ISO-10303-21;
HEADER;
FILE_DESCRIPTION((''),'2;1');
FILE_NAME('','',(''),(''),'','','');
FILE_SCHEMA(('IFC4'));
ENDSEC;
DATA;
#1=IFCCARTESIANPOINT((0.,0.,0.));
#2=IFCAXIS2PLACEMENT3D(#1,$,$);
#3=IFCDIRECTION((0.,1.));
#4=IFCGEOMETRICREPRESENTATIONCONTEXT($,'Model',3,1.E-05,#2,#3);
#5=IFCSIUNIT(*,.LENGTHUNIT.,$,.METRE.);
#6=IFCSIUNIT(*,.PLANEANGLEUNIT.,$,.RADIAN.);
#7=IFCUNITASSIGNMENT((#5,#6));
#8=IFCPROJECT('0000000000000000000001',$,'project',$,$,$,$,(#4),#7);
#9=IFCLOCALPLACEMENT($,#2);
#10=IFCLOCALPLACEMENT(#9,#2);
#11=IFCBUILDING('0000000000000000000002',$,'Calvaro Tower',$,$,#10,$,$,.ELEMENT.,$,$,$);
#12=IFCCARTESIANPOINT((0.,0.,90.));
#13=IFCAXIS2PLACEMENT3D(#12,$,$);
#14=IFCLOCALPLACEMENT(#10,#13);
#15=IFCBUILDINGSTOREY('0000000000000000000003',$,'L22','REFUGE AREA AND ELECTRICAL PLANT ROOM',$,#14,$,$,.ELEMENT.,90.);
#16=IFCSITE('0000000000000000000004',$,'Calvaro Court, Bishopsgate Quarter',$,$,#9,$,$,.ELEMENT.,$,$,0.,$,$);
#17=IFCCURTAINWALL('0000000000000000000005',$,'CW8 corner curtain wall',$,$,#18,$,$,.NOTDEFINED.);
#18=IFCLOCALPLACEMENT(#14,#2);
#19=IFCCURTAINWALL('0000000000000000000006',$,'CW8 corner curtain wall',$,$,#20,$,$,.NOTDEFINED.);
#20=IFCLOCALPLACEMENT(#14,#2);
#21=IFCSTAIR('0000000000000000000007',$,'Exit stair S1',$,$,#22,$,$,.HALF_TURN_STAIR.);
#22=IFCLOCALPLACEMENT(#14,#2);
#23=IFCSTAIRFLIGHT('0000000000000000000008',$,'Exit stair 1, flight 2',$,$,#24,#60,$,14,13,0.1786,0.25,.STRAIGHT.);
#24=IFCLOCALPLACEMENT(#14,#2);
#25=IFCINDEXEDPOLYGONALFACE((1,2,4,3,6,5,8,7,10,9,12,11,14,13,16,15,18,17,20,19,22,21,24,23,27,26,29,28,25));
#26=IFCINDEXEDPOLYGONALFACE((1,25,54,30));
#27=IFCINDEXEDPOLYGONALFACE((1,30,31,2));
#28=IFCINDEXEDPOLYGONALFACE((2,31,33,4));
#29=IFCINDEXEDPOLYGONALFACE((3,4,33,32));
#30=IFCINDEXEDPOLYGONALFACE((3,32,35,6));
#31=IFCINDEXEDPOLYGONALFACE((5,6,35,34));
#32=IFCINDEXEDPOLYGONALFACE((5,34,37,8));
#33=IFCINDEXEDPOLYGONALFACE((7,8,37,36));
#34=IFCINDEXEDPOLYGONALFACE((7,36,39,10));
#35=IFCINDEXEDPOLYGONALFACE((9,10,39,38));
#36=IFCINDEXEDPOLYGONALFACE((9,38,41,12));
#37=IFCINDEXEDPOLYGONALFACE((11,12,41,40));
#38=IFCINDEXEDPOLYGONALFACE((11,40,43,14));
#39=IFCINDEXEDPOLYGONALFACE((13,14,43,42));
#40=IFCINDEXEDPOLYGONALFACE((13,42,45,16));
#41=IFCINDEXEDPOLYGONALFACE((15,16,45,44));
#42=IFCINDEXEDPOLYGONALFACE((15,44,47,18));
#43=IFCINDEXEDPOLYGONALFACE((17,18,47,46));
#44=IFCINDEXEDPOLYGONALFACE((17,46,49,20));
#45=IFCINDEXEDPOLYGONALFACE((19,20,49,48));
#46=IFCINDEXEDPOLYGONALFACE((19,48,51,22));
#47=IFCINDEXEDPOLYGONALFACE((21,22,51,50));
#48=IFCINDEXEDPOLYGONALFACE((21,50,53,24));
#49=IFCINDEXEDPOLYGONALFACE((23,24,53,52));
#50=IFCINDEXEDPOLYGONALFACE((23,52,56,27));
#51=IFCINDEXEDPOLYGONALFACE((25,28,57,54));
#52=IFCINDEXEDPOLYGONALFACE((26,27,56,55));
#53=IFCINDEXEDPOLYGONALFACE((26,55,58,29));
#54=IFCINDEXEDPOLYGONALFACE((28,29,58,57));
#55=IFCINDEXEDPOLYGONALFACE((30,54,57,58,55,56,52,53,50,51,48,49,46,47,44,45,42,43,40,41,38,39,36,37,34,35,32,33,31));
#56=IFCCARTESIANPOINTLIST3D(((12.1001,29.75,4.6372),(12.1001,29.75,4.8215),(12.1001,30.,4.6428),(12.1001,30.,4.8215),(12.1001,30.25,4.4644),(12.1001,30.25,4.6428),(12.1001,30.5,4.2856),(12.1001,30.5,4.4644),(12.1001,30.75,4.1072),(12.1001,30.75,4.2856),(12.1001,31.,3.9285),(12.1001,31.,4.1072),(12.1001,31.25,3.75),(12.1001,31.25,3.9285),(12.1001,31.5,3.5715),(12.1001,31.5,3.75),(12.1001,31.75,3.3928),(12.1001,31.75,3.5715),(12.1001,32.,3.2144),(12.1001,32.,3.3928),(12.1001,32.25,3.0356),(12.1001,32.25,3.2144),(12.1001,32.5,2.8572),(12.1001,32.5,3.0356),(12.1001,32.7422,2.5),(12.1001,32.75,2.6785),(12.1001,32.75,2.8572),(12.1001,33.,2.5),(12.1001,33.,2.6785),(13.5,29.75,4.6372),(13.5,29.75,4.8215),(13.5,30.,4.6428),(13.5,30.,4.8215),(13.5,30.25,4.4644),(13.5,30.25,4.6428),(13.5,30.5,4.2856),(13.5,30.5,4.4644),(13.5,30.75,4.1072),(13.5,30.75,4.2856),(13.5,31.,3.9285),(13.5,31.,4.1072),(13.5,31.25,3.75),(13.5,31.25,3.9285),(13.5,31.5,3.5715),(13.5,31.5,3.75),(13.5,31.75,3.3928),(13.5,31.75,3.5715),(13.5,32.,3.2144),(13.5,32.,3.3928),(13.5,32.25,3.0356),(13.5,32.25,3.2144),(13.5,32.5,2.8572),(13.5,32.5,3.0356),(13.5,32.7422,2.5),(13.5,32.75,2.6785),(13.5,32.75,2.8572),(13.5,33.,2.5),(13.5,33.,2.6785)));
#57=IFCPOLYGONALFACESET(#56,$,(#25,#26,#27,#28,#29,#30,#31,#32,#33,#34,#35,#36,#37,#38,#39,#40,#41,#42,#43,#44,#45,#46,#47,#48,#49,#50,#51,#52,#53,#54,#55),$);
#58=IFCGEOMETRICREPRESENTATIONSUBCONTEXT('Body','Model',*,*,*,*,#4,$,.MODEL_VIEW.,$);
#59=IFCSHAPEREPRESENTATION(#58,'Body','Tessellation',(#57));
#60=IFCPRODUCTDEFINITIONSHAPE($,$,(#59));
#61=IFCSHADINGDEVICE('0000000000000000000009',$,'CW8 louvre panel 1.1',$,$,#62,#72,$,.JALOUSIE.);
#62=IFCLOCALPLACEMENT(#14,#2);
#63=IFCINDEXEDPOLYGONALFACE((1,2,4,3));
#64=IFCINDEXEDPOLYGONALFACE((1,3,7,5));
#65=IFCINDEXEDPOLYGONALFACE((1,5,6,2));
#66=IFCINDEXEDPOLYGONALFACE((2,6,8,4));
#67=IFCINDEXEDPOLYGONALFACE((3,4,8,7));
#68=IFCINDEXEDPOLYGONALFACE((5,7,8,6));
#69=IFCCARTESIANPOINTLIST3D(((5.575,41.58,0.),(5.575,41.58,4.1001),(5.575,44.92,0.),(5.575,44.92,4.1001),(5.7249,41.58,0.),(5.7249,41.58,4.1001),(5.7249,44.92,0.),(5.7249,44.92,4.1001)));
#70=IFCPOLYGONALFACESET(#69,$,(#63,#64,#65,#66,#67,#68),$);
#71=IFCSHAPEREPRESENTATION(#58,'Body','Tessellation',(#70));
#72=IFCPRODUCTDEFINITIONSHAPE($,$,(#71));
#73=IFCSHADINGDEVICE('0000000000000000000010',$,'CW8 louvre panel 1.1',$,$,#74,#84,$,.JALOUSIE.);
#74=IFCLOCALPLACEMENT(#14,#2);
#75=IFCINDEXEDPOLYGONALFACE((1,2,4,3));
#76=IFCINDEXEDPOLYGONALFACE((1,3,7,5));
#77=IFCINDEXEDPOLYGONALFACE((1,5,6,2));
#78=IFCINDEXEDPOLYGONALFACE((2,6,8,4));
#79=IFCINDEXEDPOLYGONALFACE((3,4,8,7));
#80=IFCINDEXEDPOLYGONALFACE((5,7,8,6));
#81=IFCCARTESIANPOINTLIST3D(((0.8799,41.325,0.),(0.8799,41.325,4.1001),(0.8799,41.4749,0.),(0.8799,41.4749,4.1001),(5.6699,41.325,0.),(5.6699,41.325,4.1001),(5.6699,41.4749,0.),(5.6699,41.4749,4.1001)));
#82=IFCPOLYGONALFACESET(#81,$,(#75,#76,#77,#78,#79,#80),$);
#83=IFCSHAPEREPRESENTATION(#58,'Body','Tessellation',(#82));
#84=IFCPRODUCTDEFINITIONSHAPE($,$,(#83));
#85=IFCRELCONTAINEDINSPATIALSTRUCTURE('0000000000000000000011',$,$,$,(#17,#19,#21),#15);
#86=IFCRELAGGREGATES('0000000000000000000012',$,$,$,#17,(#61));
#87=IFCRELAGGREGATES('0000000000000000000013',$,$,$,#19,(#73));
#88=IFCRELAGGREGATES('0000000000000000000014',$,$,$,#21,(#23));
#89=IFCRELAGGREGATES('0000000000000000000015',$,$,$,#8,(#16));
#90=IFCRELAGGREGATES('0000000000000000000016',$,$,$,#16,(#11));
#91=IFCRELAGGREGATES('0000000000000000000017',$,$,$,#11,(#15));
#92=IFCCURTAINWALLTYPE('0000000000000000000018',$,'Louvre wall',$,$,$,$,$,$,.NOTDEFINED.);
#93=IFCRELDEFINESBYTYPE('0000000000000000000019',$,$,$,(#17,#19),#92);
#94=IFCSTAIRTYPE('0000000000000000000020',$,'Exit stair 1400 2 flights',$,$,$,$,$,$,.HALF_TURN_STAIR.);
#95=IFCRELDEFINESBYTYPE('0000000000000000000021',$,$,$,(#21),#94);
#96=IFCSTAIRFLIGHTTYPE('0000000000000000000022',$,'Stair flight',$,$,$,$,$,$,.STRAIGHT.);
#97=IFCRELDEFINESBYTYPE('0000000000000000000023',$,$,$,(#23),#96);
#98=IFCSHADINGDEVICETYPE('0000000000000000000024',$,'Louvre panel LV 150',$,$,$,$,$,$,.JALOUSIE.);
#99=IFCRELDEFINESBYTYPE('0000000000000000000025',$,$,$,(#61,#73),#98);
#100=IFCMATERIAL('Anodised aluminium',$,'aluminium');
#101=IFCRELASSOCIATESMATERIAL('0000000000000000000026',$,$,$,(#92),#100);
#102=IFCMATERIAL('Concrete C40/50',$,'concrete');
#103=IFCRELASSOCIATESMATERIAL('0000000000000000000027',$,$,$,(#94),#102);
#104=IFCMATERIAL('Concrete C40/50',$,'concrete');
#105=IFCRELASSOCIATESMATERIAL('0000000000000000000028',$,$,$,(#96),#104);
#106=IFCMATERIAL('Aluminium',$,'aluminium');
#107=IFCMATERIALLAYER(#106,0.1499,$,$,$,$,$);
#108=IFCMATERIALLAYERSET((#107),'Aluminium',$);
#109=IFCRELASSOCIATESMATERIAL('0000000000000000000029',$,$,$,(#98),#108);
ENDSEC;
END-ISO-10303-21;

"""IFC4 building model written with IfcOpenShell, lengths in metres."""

from ifc_helpers import new_model, si_unit, direction, frame, origin, origin_2d, place, context, subcontext, project, spatial, polyline, rectangle, outline, extrude, material, layer, layer_set, type_object, element, aggregate, save


model = new_model("IFC4")

# Units and contexts
model_context = context("Model", 3, precision=1e-05, world=origin(), true_north=direction((0.0, 1.0)))
body_context = subcontext(model_context, "Body", "Model", "MODEL_VIEW")
ifc_project = project(units=[si_unit("LENGTHUNIT", "METRE"), si_unit("PLANEANGLEUNIT", "RADIAN")], contexts=[model_context])

# Site, building, storey
site_placement = place(None, origin())
site = spatial("IfcSite", under=ifc_project, at=site_placement, Name="Calvaro Court, Bishopsgate Quarter", CompositionType="ELEMENT", RefElevation=0.0)
building_placement = place(site_placement, origin())
building = spatial("IfcBuilding", under=site, at=building_placement, Name="Calvaro Tower", CompositionType="ELEMENT")
storey_placement = place(building_placement, frame((0.0, 0.0, 90.0)))
storey = spatial("IfcBuildingStorey", under=building, at=storey_placement, Name="L22", Description="REFUGE AREA AND ELECTRICAL PLANT ROOM", CompositionType="ELEMENT", Elevation=90.0)

# Curtain walls
ifc_material_1 = material(Name="Anodised aluminium", Category="aluminium")
curtain_wall_type = type_object("IfcCurtainWallType", Name="Louvre wall", PredefinedType="NOTDEFINED", material=ifc_material_1)
curtain_wall_1_placement = place(storey_placement, origin())
curtain_wall_1 = element("IfcCurtainWall", 1, at=curtain_wall_1_placement, inside=storey, type_object=curtain_wall_type, Name="CW8 corner curtain wall", PredefinedType="NOTDEFINED")
curtain_wall_2_placement = place(storey_placement, origin())
curtain_wall_2 = element("IfcCurtainWall", 2, at=curtain_wall_2_placement, inside=storey, type_object=curtain_wall_type, Name="CW8 corner curtain wall", PredefinedType="NOTDEFINED")

# Stair, stair flight
ifc_material_2 = material(Name="Concrete C40/50", Category="concrete")
stair_type = type_object("IfcStairType", Name="Exit stair 1400 2 flights", PredefinedType="HALF_TURN_STAIR", material=ifc_material_2)
stair_placement = place(storey_placement, origin())
stair = element("IfcStair", 3, at=stair_placement, inside=storey, type_object=stair_type, Name="Exit stair S1", PredefinedType="HALF_TURN_STAIR")
ifc_material_3 = material(Name="Concrete C40/50", Category="concrete")
stair_flight_type = type_object("IfcStairFlightType", Name="Stair flight", PredefinedType="STRAIGHT", material=ifc_material_3)
stair_flight_placement = place(storey_placement, frame((12.8, 33.0, 2.5), z_axis=(0.0, 0.0, 1.0), x_axis=(0.0, -1.0, 0.0)))
stair_flight = element("IfcStairFlight", 4, at=stair_flight_placement, type_object=stair_flight_type, Name="Exit stair 1, flight 2", NumberOfRisers=14, NumberOfTreads=13, PredefinedType="STRAIGHT", RiserHeight=0.1786, TreadLength=0.25, context=body_context, shape_type="SweptSolid", body=[
    extrude(outline(polyline([(0.0, 0.0), (0.0, 0.1785), (0.25, 0.1785), (0.25, 0.3572), (0.5, 0.3572), (0.5, 0.5356), (0.75, 0.5356), (0.75, 0.7144), (1.0, 0.7144), (1.0, 0.8928), (1.25, 0.8928), (1.25, 1.0715), (1.5, 1.0715), (1.5, 1.25), (1.75, 1.25), (1.75, 1.4285), (2.0, 1.4285), (2.0, 1.6072), (2.25, 1.6072), (2.25, 1.7856), (2.5, 1.7856), (2.5, 1.9644), (2.75, 1.9644), (2.75, 2.1428), (3.0, 2.1428), (3.0, 2.3215), (3.25, 2.3215), (3.25, 2.5), (3.25, 2.1372), (0.2578, 0.0), (0.0, 0.0)])), frame((0.0, 0.7, 0.0), z_axis=(0.0, -1.0, 0.0), x_axis=(1.0, 0.0, 0.0)), (0.0, 0.0, 1.0), 1.3999),
])

# Shading devices
ifc_material_4 = material(Name="Aluminium", Category="aluminium")
ifc_layer_1 = layer(ifc_material_4, 0.1499)
ifc_layer_set_1 = layer_set([ifc_layer_1], Name="Aluminium")
shading_device_type = type_object("IfcShadingDeviceType", Name="Louvre panel LV 150", PredefinedType="JALOUSIE", material=ifc_layer_set_1)
shading_device_1_placement = place(storey_placement, frame((5.6499, 43.25, 0.0), z_axis=(0.0, 0.0, 1.0), x_axis=(0.0, 1.0, 0.0)))
shading_device_1 = element("IfcShadingDevice", 5, at=shading_device_1_placement, type_object=shading_device_type, Name="CW8 louvre panel 1.1", PredefinedType="JALOUSIE", context=body_context, shape_type="SweptSolid", body=[
    extrude(rectangle(XDim=3.3401, YDim=0.1499, at=origin_2d()), origin(), (0.0, 0.0, 1.0), 4.1001),
])
aggregate(curtain_wall_1, [shading_device_1])
shading_device_2_placement = place(storey_placement, frame((3.2749, 41.3999, 0.0), z_axis=(0.0, 0.0, 1.0), x_axis=(1.0, 0.0, 0.0)))
shading_device_2 = element("IfcShadingDevice", 6, at=shading_device_2_placement, type_object=shading_device_type, Name="CW8 louvre panel 1.1", PredefinedType="JALOUSIE", context=body_context, shape_type="SweptSolid", body=[
    extrude(rectangle(XDim=4.79, YDim=0.1499, at=origin_2d()), origin(), (0.0, 0.0, 1.0), 4.1001),
])
aggregate(curtain_wall_2, [shading_device_2])

aggregate(stair, [stair_flight])

save(model, "model.ifc")
